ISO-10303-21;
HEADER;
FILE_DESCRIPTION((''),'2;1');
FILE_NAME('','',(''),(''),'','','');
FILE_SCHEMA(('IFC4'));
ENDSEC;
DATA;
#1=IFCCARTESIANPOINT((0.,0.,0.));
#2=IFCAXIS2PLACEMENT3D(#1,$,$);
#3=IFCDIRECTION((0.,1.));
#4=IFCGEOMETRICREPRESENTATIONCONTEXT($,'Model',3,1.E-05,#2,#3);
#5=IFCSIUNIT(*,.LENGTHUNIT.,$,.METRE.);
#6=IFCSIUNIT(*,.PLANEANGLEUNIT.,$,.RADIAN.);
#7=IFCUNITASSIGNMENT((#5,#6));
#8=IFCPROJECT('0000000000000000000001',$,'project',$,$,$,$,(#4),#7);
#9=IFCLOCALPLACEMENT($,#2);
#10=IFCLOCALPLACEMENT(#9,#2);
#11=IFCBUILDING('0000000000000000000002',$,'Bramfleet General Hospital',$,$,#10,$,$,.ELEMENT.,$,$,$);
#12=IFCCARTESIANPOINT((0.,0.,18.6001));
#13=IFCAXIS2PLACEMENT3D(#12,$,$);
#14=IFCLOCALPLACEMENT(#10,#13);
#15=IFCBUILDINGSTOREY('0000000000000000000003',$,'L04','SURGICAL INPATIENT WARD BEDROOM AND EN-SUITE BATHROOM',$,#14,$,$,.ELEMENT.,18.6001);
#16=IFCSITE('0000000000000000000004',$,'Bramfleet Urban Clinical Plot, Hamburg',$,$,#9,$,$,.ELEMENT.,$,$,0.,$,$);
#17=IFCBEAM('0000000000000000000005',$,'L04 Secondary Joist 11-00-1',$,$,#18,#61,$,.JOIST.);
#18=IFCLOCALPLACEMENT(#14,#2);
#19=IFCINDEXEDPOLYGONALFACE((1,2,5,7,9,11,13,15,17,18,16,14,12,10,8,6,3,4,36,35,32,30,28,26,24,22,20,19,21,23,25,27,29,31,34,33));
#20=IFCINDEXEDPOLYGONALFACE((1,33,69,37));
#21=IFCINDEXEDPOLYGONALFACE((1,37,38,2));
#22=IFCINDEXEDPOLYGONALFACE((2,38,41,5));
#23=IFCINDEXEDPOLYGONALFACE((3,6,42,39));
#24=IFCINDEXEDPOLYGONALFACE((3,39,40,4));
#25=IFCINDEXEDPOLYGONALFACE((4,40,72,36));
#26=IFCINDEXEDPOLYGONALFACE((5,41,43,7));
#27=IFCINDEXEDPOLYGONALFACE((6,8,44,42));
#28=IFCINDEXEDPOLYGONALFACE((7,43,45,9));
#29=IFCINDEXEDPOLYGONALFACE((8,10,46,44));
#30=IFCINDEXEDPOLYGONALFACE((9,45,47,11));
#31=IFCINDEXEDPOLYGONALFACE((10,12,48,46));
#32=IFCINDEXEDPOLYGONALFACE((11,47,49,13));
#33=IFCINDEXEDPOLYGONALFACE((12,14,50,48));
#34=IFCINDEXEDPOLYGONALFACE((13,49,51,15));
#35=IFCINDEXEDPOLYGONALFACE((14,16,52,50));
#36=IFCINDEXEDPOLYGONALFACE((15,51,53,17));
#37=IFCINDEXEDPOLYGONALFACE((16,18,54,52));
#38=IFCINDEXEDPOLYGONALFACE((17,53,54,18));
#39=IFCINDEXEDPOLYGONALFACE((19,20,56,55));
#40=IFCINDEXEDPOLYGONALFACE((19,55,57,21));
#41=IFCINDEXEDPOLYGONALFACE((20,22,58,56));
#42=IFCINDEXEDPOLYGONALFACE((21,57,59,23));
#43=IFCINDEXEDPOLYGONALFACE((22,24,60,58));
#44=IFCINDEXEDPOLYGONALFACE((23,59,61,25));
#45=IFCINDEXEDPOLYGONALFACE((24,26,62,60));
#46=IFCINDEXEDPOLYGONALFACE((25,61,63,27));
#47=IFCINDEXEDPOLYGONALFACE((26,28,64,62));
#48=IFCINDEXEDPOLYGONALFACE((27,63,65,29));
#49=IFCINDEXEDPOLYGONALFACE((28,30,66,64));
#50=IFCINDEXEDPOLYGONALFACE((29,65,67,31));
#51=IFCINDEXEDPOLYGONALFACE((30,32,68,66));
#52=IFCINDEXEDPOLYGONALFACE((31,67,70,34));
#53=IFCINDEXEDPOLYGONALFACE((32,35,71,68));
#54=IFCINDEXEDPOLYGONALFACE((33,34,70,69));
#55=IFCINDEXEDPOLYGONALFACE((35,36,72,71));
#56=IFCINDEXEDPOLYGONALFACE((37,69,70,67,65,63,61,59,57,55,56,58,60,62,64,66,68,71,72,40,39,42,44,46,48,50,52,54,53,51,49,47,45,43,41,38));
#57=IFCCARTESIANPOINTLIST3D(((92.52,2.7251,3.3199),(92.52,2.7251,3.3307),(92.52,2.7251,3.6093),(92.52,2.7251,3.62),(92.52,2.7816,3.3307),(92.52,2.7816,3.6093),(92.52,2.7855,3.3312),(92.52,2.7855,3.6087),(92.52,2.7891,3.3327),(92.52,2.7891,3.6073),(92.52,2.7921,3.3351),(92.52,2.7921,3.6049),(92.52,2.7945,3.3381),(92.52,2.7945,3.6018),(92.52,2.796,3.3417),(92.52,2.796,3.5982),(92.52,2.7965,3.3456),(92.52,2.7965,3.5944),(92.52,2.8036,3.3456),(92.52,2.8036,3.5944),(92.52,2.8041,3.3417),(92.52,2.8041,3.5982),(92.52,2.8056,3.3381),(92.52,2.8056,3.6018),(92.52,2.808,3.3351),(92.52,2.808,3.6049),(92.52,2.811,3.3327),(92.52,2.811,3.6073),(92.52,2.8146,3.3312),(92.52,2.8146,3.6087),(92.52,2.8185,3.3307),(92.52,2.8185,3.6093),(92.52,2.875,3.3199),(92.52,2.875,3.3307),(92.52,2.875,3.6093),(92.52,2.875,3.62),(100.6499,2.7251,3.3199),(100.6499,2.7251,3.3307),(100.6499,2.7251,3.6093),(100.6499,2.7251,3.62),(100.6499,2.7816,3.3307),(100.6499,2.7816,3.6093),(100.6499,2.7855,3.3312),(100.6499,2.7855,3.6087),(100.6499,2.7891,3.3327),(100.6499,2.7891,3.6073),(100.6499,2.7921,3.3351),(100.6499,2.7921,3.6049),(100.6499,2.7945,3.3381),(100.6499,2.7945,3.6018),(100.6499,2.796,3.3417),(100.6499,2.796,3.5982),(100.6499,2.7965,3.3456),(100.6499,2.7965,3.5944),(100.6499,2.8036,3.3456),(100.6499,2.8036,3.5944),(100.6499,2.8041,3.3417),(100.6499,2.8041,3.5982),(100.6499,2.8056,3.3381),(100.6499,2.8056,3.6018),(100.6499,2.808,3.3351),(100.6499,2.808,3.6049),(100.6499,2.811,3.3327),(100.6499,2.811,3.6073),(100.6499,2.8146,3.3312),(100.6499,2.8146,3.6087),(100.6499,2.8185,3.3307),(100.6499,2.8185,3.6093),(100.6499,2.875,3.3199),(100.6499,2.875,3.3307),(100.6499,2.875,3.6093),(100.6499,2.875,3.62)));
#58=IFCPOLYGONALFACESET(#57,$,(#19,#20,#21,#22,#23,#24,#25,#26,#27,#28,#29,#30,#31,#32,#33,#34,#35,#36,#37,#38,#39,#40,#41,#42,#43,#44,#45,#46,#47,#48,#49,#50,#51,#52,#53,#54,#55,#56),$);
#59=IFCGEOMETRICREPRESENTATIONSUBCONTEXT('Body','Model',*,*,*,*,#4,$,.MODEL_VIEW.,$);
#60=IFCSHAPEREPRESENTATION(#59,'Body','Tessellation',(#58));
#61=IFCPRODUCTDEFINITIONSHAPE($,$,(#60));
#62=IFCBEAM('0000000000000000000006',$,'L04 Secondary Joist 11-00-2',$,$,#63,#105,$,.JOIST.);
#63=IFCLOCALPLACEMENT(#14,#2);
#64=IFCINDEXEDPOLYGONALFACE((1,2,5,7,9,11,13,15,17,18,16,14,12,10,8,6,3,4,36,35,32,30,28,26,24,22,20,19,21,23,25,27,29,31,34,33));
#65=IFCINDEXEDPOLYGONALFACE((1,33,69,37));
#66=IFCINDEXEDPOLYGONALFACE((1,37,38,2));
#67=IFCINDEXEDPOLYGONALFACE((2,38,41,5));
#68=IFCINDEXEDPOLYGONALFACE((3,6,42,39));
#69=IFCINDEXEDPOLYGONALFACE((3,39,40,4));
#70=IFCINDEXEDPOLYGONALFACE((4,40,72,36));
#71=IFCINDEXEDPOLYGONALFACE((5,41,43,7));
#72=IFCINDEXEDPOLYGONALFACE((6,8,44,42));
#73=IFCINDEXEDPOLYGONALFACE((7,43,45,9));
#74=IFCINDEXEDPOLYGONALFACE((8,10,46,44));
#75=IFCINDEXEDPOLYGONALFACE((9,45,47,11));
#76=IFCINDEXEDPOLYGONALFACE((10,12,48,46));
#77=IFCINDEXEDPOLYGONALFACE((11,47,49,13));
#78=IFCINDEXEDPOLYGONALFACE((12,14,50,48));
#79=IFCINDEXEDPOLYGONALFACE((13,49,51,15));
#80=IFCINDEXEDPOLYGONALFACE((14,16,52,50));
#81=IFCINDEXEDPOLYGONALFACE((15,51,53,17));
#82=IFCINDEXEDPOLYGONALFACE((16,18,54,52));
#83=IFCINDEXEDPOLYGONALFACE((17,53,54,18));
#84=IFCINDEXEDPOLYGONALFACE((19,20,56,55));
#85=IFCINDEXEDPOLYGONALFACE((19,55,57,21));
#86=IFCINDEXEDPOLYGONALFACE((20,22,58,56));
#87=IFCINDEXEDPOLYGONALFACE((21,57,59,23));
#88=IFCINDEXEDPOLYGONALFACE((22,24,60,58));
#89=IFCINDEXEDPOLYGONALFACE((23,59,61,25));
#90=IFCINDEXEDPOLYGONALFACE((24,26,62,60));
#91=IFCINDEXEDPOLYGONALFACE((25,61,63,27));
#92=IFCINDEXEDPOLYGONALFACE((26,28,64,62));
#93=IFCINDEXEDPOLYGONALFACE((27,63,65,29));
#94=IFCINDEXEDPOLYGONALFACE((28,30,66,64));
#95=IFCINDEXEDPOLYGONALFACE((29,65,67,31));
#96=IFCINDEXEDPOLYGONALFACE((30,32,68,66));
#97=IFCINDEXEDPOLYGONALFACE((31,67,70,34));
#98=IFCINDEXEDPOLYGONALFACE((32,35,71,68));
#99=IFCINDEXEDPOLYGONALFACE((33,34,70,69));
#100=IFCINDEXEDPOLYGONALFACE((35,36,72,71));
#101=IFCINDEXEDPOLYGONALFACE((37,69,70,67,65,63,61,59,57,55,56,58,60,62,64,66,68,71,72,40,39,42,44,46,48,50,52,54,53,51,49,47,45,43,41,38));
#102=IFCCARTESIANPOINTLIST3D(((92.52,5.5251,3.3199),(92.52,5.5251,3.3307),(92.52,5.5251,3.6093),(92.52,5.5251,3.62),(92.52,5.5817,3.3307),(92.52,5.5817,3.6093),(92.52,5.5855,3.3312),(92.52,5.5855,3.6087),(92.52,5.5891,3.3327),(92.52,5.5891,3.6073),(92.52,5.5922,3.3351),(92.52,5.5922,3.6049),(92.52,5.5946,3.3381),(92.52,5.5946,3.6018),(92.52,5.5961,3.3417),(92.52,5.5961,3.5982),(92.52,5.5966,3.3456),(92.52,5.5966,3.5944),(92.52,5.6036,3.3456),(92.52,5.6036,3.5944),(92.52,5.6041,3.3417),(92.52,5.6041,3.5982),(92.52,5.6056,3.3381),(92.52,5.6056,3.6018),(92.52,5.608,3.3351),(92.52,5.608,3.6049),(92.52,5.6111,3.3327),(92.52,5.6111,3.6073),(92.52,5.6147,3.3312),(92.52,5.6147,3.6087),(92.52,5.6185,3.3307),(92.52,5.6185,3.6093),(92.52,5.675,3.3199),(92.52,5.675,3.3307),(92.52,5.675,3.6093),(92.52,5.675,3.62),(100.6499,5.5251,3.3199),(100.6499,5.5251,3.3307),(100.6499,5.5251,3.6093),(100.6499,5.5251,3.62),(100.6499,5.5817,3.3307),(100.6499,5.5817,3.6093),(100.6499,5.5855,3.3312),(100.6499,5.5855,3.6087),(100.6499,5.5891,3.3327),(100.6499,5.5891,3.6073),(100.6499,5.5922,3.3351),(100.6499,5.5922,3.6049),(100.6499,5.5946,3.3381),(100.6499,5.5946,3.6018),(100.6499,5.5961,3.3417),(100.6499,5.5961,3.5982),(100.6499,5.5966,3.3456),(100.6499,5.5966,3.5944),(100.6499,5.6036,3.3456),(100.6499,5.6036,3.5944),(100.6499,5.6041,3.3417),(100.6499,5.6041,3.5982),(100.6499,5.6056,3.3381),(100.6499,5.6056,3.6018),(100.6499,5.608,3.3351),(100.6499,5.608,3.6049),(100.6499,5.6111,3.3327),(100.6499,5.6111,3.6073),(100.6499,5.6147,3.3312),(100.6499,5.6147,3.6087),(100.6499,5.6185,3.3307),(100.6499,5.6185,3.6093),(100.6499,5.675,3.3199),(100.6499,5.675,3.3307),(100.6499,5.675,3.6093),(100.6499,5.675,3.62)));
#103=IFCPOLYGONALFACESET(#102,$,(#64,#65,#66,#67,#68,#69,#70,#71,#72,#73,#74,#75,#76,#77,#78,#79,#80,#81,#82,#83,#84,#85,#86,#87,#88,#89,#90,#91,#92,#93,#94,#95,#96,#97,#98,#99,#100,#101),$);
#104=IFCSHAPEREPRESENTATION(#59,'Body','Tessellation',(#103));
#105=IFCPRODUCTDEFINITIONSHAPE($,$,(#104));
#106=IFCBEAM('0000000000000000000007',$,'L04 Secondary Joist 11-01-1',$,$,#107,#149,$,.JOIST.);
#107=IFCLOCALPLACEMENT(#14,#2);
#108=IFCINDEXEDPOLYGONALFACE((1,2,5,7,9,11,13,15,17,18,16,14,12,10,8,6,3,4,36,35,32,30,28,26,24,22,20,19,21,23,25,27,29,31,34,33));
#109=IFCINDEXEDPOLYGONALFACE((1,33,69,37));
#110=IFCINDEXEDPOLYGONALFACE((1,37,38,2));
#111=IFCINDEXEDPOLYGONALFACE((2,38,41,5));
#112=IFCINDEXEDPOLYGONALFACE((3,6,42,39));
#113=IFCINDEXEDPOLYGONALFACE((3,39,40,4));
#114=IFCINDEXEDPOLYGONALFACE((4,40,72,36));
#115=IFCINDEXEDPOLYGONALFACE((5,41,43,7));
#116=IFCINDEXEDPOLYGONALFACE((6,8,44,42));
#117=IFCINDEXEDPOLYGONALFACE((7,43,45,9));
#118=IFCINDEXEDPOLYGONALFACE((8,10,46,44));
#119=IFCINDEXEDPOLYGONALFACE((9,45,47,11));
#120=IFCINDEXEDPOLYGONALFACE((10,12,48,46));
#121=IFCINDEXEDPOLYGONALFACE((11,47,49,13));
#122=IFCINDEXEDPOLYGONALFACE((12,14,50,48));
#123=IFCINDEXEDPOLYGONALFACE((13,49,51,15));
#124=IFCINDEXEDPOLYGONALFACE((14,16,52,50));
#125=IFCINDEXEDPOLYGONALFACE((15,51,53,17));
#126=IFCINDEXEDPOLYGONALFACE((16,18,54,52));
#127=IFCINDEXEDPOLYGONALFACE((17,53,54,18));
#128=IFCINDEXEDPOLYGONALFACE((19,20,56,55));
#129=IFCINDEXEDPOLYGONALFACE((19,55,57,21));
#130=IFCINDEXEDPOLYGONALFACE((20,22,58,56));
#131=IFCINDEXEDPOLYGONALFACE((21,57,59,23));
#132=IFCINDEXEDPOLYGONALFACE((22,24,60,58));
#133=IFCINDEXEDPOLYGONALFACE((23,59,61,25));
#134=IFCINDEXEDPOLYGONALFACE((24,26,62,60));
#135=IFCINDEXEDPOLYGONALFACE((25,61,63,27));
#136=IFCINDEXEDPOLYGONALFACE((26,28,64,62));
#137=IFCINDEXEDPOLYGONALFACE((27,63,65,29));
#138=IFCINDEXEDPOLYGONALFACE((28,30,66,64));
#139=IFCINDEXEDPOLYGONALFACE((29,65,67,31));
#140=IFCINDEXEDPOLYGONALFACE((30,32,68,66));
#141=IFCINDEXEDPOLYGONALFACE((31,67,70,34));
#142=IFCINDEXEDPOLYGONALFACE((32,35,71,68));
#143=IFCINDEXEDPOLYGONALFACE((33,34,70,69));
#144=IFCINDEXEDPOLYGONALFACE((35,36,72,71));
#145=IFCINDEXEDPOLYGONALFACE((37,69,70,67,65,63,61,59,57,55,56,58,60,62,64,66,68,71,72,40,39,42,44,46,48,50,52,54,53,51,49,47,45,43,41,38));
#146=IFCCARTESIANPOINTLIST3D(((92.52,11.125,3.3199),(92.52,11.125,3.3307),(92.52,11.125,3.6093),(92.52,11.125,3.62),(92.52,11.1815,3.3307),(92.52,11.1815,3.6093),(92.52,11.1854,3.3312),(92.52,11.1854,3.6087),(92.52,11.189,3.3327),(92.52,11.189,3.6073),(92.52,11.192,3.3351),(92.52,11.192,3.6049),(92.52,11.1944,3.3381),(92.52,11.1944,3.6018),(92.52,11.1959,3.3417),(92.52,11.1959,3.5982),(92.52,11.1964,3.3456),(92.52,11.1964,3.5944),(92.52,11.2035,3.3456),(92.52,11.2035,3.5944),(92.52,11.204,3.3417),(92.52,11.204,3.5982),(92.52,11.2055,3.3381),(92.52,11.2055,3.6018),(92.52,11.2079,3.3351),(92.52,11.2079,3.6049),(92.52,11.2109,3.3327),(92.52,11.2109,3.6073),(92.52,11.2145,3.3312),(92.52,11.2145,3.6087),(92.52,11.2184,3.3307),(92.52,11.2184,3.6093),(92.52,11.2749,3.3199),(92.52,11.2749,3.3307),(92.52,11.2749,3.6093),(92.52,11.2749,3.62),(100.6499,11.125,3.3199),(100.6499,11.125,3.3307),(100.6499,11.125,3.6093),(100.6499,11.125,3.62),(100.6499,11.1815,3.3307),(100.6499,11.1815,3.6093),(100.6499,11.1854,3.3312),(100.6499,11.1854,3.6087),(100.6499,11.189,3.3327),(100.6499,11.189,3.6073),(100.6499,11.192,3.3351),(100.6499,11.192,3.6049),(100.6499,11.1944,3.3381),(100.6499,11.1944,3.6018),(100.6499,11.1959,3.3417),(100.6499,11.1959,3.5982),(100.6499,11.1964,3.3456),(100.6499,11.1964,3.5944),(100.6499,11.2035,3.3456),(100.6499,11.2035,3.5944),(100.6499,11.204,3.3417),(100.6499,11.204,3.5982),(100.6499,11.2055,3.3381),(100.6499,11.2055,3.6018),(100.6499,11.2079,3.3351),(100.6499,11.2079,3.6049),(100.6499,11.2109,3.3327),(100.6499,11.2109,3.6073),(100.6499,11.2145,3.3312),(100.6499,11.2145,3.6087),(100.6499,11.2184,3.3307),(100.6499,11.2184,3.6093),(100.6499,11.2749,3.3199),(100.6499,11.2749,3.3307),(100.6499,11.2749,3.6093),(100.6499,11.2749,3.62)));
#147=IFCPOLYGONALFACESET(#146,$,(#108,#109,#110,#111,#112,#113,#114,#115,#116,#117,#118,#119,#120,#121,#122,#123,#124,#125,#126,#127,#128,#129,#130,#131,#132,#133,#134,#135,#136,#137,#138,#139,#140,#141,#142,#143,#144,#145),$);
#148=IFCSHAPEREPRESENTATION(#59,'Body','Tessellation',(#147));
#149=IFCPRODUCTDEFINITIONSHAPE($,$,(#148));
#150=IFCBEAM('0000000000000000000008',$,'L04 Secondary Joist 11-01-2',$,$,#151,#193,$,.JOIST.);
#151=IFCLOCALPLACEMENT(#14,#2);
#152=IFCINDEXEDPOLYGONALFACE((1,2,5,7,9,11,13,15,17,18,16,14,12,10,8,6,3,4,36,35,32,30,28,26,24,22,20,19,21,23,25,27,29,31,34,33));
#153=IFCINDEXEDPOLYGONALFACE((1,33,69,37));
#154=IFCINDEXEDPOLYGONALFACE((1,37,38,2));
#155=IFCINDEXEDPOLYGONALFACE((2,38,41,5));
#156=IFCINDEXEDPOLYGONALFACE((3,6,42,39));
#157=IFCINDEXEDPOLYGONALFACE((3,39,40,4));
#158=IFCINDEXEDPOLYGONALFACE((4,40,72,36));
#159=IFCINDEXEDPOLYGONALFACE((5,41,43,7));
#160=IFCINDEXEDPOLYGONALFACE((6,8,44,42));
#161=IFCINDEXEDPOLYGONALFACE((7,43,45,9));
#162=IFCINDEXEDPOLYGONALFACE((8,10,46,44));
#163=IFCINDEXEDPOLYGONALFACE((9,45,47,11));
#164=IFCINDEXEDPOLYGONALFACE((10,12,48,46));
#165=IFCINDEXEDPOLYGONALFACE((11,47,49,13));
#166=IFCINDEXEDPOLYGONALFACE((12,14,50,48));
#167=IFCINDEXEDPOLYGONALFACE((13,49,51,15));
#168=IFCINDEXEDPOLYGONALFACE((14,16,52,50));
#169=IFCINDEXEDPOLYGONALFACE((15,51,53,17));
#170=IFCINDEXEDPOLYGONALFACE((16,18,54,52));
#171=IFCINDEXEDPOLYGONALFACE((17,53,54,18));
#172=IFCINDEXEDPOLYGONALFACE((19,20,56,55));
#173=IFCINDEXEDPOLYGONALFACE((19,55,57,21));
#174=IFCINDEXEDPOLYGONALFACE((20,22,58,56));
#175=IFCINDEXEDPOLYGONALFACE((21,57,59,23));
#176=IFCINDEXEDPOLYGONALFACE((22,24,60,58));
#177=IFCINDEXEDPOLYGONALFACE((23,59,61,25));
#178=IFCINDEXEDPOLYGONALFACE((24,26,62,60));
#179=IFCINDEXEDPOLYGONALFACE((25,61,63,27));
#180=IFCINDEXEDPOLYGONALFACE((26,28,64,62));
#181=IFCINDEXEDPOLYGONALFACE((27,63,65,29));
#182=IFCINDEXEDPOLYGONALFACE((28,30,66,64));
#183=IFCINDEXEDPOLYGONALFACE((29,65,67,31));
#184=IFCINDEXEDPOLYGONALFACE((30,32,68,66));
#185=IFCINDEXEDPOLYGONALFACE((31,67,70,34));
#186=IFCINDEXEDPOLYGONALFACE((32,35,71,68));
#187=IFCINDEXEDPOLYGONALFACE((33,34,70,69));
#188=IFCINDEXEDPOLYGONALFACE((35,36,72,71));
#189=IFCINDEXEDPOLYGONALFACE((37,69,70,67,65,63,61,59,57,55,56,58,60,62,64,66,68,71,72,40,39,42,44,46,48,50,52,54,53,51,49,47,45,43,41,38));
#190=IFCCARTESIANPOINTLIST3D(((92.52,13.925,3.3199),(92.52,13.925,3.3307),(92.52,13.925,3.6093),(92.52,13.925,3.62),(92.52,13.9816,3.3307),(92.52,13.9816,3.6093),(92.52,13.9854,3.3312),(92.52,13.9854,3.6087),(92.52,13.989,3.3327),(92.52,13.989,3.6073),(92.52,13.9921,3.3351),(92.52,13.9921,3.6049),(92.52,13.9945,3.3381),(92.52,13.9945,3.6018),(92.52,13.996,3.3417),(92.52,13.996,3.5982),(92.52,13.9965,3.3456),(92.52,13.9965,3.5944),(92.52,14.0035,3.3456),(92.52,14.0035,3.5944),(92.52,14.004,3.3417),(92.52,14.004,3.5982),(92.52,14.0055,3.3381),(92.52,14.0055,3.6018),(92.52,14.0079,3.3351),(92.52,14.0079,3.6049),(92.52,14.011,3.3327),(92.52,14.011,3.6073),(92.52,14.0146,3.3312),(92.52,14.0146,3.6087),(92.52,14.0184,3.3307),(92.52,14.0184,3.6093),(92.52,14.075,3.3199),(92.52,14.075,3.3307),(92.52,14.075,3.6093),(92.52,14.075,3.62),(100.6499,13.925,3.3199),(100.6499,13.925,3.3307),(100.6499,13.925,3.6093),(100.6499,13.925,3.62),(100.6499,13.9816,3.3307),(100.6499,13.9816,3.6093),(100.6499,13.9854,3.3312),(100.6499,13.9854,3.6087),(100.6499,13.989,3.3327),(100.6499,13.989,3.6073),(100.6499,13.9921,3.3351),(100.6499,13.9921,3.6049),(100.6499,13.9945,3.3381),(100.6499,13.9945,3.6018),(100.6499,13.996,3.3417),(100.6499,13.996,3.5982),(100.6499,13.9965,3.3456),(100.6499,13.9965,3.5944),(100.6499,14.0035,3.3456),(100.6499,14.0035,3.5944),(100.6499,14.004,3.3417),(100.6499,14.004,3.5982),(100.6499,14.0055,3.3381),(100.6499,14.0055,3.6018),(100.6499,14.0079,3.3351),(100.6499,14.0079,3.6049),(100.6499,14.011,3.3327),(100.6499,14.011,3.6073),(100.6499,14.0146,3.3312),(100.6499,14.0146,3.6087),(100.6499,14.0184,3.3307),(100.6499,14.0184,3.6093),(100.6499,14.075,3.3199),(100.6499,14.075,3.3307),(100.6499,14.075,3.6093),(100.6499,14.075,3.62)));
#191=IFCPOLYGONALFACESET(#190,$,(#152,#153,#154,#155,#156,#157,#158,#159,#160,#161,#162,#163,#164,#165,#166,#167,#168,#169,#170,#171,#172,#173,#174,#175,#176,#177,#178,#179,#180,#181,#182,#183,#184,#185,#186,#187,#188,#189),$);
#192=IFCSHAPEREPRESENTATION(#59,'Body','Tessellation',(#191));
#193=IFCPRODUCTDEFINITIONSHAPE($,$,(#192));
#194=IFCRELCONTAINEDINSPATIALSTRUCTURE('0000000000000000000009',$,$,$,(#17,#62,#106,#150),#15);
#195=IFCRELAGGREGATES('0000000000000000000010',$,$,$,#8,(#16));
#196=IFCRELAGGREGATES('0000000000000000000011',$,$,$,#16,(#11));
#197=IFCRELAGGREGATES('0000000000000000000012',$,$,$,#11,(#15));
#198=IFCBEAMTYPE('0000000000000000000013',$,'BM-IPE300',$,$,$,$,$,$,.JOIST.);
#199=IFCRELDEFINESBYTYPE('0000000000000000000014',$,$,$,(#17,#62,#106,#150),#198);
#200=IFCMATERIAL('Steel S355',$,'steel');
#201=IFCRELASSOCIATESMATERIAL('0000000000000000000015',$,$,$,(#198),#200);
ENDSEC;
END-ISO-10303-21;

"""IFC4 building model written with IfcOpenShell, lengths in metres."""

from ifc_helpers import new_model, si_unit, direction, frame, origin, origin_2d, place, context, subcontext, project, spatial, i_section, extrude, material, material_profile, profile_set, type_object, element, save


model = new_model("IFC4")

# Units and contexts
model_context = context("Model", 3, precision=1e-05, world=origin(), true_north=direction((0.0, 1.0)))
body_context = subcontext(model_context, "Body", "Model", "MODEL_VIEW")
ifc_project = project(units=[si_unit("LENGTHUNIT", "METRE"), si_unit("PLANEANGLEUNIT", "RADIAN")], contexts=[model_context])

# Site, building, storey
site_placement = place(None, origin())
site = spatial("IfcSite", under=ifc_project, at=site_placement, Name="Bramfleet Urban Clinical Plot, Hamburg", CompositionType="ELEMENT", RefElevation=0.0)
building_placement = place(site_placement, origin())
building = spatial("IfcBuilding", under=site, at=building_placement, Name="Bramfleet General Hospital", CompositionType="ELEMENT")
storey_placement = place(building_placement, frame((0.0, 0.0, 18.6001)))
storey = spatial("IfcBuildingStorey", under=building, at=storey_placement, Name="L04", Description="SURGICAL INPATIENT WARD BEDROOM AND EN-SUITE BATHROOM", CompositionType="ELEMENT", Elevation=18.6001)

# Beams
ifc_material_1 = material(Name="Steel S355", Category="steel")
ifc_material_profile_1 = material_profile(ifc_material_1, i_section(OverallWidth=0.1499, OverallDepth=0.3, WebThickness=0.0071, FlangeThickness=0.0107, FilletRadius=0.0149, at=origin_2d()), Name="IPE 300")
ifc_profile_set_1 = profile_set([ifc_material_profile_1], Name="Steel S355")
beam_type_1 = type_object("IfcBeamType", Name="BM-IPE300", PredefinedType="JOIST", material=ifc_profile_set_1)
for number, where, z_axis, x_axis, name in (
    (1, (92.52, 2.8, 3.47), (1.0, 0.0, 0.0), (0.0, 1.0, 0.0), "L04 Secondary Joist 11-00-1"),
    (2, (92.52, 5.6001, 3.47), (1.0, 0.0, 0.0), (0.0, 1.0, 0.0), "L04 Secondary Joist 11-00-2"),
    (3, (92.52, 11.2, 3.47), (1.0, 0.0, 0.0), (0.0, 1.0, 0.0), "L04 Secondary Joist 11-01-1"),
    (4, (92.52, 14.0, 3.47), (1.0, 0.0, 0.0), (0.0, 1.0, 0.0), "L04 Secondary Joist 11-01-2"),
):
    element("IfcBeam", number, at=place(storey_placement, frame(where, z_axis=z_axis, x_axis=x_axis)), inside=storey, type_object=beam_type_1, Name=name, PredefinedType="JOIST", context=body_context, shape_type="SweptSolid", body=[
        extrude(i_section(OverallWidth=0.1499, OverallDepth=0.3, WebThickness=0.0071, FlangeThickness=0.0107, FilletRadius=0.0149, at=origin_2d()), origin(), (0.0, 0.0, 1.0), 8.1299),
    ])

save(model, "model.ifc")
